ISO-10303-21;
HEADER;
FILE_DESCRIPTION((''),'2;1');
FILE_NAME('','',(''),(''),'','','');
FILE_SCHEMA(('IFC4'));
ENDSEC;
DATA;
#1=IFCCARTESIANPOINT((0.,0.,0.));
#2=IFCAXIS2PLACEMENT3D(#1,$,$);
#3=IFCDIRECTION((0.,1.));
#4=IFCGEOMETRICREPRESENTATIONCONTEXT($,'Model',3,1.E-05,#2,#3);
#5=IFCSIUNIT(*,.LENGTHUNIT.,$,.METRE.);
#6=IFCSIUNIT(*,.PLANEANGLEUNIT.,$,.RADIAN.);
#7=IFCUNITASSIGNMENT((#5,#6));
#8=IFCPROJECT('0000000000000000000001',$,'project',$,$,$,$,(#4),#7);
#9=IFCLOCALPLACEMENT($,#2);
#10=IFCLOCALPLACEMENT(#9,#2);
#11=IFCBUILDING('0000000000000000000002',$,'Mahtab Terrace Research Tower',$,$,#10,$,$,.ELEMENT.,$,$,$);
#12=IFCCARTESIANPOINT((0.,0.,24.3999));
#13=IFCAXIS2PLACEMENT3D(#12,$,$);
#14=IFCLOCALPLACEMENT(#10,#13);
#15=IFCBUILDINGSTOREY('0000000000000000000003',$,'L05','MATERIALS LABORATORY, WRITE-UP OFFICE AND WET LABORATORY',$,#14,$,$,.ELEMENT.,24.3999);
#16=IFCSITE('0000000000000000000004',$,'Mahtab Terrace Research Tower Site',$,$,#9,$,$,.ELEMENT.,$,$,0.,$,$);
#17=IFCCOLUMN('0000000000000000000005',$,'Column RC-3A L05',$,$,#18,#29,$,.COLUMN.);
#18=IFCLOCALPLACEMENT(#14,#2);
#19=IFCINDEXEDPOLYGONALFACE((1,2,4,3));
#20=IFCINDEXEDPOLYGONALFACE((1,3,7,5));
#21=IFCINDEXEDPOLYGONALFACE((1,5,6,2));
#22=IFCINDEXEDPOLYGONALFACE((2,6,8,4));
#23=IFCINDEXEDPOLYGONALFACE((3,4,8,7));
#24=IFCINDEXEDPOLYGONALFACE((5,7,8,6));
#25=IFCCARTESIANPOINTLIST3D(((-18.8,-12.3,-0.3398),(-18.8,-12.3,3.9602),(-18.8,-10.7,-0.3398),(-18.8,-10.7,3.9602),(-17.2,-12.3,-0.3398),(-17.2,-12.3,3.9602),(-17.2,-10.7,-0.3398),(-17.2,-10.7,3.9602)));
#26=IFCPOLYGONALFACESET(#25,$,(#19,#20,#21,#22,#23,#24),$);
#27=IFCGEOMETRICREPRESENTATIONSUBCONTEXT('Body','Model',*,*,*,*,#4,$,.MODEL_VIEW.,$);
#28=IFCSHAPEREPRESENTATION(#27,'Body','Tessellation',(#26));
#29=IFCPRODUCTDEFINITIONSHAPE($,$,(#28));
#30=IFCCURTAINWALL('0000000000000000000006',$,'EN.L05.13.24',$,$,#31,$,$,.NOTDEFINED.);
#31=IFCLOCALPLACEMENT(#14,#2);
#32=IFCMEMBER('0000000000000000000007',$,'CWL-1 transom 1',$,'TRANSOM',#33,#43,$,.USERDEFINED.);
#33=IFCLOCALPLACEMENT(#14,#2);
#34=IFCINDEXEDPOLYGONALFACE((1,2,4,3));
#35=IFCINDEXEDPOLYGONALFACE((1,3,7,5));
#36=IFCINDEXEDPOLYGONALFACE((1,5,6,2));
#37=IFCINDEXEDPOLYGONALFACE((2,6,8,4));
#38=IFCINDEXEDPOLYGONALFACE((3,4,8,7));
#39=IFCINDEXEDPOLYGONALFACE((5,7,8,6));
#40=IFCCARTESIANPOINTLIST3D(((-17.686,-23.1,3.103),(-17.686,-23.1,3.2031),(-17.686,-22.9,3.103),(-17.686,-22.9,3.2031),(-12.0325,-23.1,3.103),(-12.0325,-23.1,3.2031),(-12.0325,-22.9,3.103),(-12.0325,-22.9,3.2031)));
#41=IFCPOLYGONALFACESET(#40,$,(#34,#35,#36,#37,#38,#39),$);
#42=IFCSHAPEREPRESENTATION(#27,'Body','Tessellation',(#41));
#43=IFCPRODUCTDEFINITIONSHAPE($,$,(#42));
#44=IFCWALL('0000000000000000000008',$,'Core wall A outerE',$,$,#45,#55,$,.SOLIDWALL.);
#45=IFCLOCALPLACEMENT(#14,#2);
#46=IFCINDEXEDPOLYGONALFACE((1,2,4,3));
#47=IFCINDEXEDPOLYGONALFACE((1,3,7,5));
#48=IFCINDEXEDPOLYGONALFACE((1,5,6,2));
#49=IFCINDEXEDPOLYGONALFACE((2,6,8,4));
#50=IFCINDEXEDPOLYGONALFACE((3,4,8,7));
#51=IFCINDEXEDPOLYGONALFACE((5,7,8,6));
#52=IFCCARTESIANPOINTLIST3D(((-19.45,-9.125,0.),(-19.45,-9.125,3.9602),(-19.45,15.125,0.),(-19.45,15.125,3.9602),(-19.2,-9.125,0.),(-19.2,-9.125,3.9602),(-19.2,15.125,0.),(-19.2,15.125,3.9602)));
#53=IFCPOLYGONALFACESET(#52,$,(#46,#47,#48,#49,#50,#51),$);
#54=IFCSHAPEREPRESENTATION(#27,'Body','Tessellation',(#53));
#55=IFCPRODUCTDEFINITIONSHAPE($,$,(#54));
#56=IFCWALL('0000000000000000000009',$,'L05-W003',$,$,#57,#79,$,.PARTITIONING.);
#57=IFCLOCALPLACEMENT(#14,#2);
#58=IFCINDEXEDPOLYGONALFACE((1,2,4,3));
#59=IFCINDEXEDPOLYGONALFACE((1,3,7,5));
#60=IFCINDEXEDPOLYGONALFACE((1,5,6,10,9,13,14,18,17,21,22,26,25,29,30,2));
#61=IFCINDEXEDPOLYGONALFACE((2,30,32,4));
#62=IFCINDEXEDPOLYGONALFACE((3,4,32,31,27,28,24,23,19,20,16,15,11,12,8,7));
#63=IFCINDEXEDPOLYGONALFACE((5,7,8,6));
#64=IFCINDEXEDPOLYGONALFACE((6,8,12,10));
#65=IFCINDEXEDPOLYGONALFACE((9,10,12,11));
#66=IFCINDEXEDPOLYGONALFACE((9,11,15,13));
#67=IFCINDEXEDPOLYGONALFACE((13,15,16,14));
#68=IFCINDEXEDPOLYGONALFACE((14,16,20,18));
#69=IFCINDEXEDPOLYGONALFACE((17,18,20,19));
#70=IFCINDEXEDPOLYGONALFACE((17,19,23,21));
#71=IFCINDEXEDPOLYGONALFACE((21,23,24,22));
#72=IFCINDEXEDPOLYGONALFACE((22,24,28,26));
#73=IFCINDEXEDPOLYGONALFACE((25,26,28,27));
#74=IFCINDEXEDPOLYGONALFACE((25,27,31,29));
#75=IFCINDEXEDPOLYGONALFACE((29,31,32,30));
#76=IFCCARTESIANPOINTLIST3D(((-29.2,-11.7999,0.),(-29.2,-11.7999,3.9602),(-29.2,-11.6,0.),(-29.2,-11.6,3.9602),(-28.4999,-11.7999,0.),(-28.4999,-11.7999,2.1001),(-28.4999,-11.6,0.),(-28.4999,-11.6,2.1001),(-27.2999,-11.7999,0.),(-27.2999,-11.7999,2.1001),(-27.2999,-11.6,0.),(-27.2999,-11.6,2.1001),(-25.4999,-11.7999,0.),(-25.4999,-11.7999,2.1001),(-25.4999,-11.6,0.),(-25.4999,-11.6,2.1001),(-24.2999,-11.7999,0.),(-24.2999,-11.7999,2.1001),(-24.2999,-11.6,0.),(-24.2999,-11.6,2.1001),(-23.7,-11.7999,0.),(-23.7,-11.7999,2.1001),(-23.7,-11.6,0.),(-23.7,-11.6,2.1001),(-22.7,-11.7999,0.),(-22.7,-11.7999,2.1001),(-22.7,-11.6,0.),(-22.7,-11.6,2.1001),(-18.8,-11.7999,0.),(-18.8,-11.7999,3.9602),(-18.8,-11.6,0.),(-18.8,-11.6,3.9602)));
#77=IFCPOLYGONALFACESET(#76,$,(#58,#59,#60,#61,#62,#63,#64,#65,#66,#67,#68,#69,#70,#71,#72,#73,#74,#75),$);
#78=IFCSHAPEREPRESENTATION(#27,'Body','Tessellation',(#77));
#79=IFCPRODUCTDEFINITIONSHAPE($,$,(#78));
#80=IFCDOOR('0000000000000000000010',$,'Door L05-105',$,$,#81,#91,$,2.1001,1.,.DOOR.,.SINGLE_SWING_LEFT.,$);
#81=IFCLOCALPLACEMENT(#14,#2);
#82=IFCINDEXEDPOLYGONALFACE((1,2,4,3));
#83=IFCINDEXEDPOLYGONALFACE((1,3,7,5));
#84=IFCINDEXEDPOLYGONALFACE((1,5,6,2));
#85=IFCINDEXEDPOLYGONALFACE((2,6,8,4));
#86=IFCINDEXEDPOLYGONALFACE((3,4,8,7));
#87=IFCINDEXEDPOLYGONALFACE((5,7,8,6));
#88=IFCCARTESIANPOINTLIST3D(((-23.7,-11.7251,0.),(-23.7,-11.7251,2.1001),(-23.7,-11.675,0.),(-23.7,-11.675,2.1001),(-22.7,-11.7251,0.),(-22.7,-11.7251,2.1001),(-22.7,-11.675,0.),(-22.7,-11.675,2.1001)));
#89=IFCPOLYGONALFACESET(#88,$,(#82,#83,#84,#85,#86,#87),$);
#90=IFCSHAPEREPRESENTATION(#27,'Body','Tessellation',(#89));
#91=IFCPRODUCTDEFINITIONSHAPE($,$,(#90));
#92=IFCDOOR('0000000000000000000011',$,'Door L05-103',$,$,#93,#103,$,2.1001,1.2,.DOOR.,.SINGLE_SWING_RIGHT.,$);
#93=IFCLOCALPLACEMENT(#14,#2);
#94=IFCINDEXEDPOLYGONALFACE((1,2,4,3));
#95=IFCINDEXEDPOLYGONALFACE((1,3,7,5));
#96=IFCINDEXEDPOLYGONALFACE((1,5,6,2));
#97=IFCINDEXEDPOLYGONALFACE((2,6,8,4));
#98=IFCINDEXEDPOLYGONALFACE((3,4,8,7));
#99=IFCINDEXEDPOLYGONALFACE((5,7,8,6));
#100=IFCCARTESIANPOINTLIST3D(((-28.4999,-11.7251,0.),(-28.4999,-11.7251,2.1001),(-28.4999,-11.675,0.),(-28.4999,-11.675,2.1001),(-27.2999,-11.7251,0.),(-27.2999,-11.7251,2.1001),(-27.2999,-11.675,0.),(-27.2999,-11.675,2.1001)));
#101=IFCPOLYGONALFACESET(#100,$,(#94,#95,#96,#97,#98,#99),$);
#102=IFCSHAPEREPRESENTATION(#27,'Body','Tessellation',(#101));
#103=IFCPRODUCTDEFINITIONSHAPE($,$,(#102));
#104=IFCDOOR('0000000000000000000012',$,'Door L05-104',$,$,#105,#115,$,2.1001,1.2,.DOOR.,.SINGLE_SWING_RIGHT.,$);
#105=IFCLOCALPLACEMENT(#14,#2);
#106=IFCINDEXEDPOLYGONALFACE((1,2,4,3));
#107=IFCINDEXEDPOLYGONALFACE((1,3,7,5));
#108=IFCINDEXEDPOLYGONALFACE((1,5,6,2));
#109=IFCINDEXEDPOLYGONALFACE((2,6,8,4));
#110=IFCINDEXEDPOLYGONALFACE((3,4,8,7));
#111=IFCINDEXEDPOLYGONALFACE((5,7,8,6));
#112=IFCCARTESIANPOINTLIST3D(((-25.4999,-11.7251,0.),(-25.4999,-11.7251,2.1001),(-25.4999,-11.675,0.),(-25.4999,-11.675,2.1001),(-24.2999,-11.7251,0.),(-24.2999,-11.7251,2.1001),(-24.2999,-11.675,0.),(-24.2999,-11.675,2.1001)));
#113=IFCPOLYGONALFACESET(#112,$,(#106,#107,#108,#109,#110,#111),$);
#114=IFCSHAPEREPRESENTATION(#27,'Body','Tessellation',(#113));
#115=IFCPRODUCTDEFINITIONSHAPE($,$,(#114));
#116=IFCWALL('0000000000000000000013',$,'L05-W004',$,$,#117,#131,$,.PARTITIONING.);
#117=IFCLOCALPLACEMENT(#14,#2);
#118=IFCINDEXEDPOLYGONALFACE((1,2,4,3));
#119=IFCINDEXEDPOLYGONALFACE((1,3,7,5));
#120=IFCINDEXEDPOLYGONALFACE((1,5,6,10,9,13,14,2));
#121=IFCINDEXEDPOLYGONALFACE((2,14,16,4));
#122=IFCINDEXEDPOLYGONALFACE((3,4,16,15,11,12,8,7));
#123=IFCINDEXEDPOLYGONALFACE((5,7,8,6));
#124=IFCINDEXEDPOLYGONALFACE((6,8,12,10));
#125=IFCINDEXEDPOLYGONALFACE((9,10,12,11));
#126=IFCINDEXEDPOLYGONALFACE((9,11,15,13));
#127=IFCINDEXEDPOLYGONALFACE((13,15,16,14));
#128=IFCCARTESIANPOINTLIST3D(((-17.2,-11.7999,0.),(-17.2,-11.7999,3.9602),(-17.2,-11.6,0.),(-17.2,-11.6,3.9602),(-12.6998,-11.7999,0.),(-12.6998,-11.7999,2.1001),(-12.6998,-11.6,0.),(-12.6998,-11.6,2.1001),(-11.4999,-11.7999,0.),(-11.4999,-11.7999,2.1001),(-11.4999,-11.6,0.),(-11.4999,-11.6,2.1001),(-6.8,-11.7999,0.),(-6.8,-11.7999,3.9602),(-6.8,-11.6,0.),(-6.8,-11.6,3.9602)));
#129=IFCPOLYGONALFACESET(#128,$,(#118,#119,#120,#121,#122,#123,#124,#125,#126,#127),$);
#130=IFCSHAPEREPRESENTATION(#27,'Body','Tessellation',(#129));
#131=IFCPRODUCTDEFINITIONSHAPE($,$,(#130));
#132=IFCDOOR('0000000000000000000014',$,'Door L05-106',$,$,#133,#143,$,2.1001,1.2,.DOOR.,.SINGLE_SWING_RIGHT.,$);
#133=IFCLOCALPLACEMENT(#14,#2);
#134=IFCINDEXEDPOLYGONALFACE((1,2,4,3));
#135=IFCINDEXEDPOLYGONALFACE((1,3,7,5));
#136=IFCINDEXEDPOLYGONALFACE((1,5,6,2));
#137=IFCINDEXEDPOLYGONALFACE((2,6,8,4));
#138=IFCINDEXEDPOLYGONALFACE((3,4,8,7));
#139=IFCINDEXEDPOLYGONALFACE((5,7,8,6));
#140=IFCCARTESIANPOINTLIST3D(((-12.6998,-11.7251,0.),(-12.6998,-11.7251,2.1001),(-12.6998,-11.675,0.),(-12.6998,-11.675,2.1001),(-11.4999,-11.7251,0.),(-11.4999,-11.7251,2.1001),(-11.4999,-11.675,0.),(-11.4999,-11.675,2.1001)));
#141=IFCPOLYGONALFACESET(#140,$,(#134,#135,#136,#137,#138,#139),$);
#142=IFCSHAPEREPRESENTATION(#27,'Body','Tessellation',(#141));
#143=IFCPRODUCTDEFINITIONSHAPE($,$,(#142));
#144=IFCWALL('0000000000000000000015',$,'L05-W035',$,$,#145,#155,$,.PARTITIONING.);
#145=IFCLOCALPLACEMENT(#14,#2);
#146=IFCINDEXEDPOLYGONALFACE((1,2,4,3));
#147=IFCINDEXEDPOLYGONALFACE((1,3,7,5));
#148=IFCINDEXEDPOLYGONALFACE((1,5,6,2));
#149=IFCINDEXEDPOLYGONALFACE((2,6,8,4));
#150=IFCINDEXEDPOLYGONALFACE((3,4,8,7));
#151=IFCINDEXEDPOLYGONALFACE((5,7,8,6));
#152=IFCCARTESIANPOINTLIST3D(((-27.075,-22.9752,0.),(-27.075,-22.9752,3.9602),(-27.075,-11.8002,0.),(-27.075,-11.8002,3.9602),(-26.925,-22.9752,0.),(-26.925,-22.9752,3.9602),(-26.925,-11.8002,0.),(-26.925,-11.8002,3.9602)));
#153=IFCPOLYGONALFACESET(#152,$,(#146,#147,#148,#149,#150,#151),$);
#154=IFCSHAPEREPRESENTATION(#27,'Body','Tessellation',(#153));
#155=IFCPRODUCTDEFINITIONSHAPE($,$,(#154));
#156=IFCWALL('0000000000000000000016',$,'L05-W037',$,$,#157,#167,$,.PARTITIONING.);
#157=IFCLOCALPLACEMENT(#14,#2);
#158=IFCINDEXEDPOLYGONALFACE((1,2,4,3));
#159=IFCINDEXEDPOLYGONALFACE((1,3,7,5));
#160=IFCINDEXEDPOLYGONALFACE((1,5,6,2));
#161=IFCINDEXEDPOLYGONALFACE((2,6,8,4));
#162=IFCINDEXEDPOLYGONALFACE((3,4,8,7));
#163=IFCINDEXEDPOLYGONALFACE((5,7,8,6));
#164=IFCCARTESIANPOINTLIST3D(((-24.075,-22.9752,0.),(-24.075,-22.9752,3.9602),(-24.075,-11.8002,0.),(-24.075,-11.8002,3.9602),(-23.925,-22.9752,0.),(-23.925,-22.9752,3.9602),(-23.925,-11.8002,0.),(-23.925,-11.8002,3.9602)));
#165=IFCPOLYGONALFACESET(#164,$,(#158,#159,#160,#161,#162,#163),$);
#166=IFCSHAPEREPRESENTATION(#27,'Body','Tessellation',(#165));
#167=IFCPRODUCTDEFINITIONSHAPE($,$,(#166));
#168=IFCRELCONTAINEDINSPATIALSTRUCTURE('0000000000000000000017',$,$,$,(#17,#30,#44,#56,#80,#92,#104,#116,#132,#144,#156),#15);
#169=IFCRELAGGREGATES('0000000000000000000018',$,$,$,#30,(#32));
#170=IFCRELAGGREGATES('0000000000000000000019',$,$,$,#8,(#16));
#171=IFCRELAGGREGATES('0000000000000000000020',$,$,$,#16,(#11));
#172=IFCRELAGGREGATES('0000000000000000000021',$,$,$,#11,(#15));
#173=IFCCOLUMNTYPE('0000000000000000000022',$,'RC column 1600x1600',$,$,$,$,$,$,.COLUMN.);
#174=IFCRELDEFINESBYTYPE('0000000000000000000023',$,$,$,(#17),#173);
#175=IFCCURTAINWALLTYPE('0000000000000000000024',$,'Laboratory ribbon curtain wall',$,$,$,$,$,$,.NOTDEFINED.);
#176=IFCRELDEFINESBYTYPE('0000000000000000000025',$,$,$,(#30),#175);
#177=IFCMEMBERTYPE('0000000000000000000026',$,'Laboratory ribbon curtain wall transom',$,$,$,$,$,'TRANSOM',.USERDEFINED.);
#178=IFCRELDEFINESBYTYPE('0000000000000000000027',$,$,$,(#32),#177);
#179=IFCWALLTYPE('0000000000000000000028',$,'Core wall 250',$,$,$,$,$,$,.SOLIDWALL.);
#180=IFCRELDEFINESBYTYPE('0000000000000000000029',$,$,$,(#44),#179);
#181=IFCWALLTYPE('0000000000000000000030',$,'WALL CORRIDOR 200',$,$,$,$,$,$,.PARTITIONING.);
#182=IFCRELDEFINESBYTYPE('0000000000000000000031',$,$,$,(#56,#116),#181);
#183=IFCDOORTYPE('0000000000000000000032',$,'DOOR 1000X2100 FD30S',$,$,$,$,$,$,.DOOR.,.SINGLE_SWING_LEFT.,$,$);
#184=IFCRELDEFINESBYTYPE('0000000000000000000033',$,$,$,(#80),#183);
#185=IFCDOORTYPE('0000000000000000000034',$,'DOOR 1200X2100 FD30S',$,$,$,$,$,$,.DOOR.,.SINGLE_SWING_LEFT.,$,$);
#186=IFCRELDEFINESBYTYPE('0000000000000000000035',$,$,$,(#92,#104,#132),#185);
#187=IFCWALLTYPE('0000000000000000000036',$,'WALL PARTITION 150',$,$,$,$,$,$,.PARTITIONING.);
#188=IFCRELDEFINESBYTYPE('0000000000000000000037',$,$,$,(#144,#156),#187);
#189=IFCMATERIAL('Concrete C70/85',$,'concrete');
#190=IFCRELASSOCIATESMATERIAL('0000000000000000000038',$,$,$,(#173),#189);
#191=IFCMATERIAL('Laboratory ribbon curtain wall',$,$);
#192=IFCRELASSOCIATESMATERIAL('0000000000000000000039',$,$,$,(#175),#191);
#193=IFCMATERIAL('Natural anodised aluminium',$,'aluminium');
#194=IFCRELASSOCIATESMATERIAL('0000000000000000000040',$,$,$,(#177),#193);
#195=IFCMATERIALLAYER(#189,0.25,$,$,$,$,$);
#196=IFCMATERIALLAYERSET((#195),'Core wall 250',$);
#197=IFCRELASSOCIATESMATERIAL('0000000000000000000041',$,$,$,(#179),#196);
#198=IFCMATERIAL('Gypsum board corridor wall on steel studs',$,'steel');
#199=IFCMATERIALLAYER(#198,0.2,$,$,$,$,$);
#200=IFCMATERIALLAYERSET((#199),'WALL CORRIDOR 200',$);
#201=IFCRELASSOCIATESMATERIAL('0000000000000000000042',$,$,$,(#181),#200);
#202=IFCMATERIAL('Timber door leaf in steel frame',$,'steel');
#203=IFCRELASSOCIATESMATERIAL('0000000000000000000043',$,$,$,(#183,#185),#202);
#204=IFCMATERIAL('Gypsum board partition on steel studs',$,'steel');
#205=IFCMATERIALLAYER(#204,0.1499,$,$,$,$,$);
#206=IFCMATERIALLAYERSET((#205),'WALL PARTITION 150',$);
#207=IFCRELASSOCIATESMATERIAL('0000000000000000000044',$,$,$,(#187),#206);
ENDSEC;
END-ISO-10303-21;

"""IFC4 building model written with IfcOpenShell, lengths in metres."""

from ifc_helpers import new_model, si_unit, direction, frame, frame_2d, origin, origin_2d, place, context, subcontext, project, spatial, rectangle, extrude, material, layer, layer_set, material_profile, profile_set, type_object, element, fill, aggregate, save


model = new_model("IFC4")

# Units and contexts
model_context = context("Model", 3, precision=1e-05, world=origin(), true_north=direction((0.0, 1.0)))
body_context = subcontext(model_context, "Body", "Model", "MODEL_VIEW")
ifc_project = project(units=[si_unit("LENGTHUNIT", "METRE"), si_unit("PLANEANGLEUNIT", "RADIAN")], contexts=[model_context])

# Site, building, storey
site_placement = place(None, origin())
site = spatial("IfcSite", under=ifc_project, at=site_placement, Name="Mahtab Terrace Research Tower Site", CompositionType="ELEMENT", RefElevation=0.0)
building_placement = place(site_placement, origin())
building = spatial("IfcBuilding", under=site, at=building_placement, Name="Mahtab Terrace Research Tower", CompositionType="ELEMENT")
storey_placement = place(building_placement, frame((0.0, 0.0, 24.3999)))
storey = spatial("IfcBuildingStorey", under=building, at=storey_placement, Name="L05", Description="MATERIALS LABORATORY, WRITE-UP OFFICE AND WET LABORATORY", CompositionType="ELEMENT", Elevation=24.3999)

# Column
ifc_material_1 = material(Name="Concrete C70/85", Category="concrete")
ifc_material_profile_1 = material_profile(ifc_material_1, rectangle(XDim=1.6001, YDim=1.6001, at=origin_2d()), Name="RC column 1600x1600")
ifc_profile_set_1 = profile_set([ifc_material_profile_1], Name="Concrete C70/85")
column_type = type_object("IfcColumnType", Name="RC column 1600x1600", PredefinedType="COLUMN", material=ifc_profile_set_1)
column_placement = place(storey_placement, frame((-18.0, -11.5, -0.3398), z_axis=(0.0, 0.0, 1.0), x_axis=(1.0, 0.0, 0.0)))
element("IfcColumn", 1, at=column_placement, inside=storey, type_object=column_type, Name="Column RC-3A L05", PredefinedType="COLUMN", context=body_context, shape_type="SweptSolid", body=[
    extrude(rectangle(XDim=1.6001, YDim=1.6001, at=origin_2d()), origin(), (0.0, 0.0, 1.0), 4.3),
])

# Curtain wall, member
ifc_material_2 = material(Name="Laboratory ribbon curtain wall")
curtain_wall_type = type_object("IfcCurtainWallType", Name="Laboratory ribbon curtain wall", PredefinedType="NOTDEFINED", material=ifc_material_2)
curtain_wall_placement = place(storey_placement, origin())
curtain_wall = element("IfcCurtainWall", 2, at=curtain_wall_placement, inside=storey, type_object=curtain_wall_type, Name="EN.L05.13.24", PredefinedType="NOTDEFINED")
ifc_material_3 = material(Name="Natural anodised aluminium", Category="aluminium")
ifc_material_profile_2 = material_profile(ifc_material_3, rectangle(XDim=0.2, YDim=0.1001, at=origin_2d()), Name="TRANSOM 100x200")
ifc_profile_set_2 = profile_set([ifc_material_profile_2], Name="Natural anodised aluminium")
member_type = type_object("IfcMemberType", Name="Laboratory ribbon curtain wall transom", ElementType="TRANSOM", PredefinedType="USERDEFINED", material=ifc_profile_set_2)
member_placement = place(storey_placement, frame((-17.686, -23.0, 3.1531), z_axis=(1.0, 0.0, 0.0), x_axis=(0.0, 1.0, 0.0)))
member = element("IfcMember", 3, at=member_placement, type_object=member_type, Name="CWL-1 transom 1", ObjectType="TRANSOM", PredefinedType="USERDEFINED", context=body_context, shape_type="SweptSolid", body=[
    extrude(rectangle(XDim=0.2, YDim=0.1001, at=origin_2d()), origin(), (0.0, 0.0, 1.0), 5.6536),
])
aggregate(curtain_wall, [member])

# Wall
ifc_layer_1 = layer(ifc_material_1, 0.25)
ifc_layer_set_1 = layer_set([ifc_layer_1], Name="Core wall 250")
wall_type_1 = type_object("IfcWallType", Name="Core wall 250", PredefinedType="SOLIDWALL", material=ifc_layer_set_1)
wall_1_placement = place(storey_placement, frame((-19.325, -9.125, 0.0), z_axis=(0.0, 0.0, 1.0), x_axis=(0.0, 1.0, 0.0)))
element("IfcWall", 4, at=wall_1_placement, inside=storey, type_object=wall_type_1, Name="Core wall A outerE", PredefinedType="SOLIDWALL", context=body_context, shape_type="SweptSolid", body=[
    extrude(rectangle(XDim=24.25, YDim=0.25, at=frame_2d((12.125, 0.0))), origin(), (0.0, 0.0, 1.0), 3.9602),
])

# Wall, openings, doors
ifc_material_4 = material(Name="Gypsum board corridor wall on steel studs", Category="steel")
ifc_layer_2 = layer(ifc_material_4, 0.2)
ifc_layer_set_2 = layer_set([ifc_layer_2], Name="WALL CORRIDOR 200")
wall_type_2 = type_object("IfcWallType", Name="WALL CORRIDOR 200", PredefinedType="PARTITIONING", material=ifc_layer_set_2)
wall_2_placement = place(storey_placement, frame((-29.2, -11.7, 0.0), z_axis=(0.0, 0.0, 1.0), x_axis=(1.0, 0.0, 0.0)))
wall_2 = element("IfcWall", 5, at=wall_2_placement, inside=storey, type_object=wall_type_2, Name="L05-W003", PredefinedType="PARTITIONING", context=body_context, shape_type="SweptSolid", body=[
    extrude(rectangle(XDim=10.3999, YDim=0.2, at=frame_2d((5.2, 0.0))), origin(), (0.0, 0.0, 1.0), 3.9602),
])
opening_1_placement = place(wall_2_placement, frame((0.7, 0.0, 0.0)))
opening_1 = element("IfcOpeningElement", 6, at=opening_1_placement, cuts=wall_2, PredefinedType="OPENING", context=body_context, shape_type="SweptSolid", body=[
    extrude(rectangle(XDim=1.2, YDim=2.1001, at=frame_2d((0.6001, 1.05))), frame((0.0, 0.1099, 0.0), z_axis=(0.0, -1.0, 0.0), x_axis=(1.0, 0.0, 0.0)), (0.0, 0.0, 1.0), 0.22),
])
opening_2_placement = place(wall_2_placement, frame((3.7, 0.0, 0.0)))
opening_2 = element("IfcOpeningElement", 7, at=opening_2_placement, cuts=wall_2, PredefinedType="OPENING", context=body_context, shape_type="SweptSolid", body=[
    extrude(rectangle(XDim=1.2, YDim=2.1001, at=frame_2d((0.6001, 1.05))), frame((0.0, 0.1099, 0.0), z_axis=(0.0, -1.0, 0.0), x_axis=(1.0, 0.0, 0.0)), (0.0, 0.0, 1.0), 0.22),
])
opening_3_placement = place(wall_2_placement, frame((5.5, 0.0, 0.0)))
opening_3 = element("IfcOpeningElement", 8, at=opening_3_placement, cuts=wall_2, PredefinedType="OPENING", context=body_context, shape_type="SweptSolid", body=[
    extrude(rectangle(XDim=1.0, YDim=2.1001, at=frame_2d((0.5, 1.05))), frame((0.0, 0.1099, 0.0), z_axis=(0.0, -1.0, 0.0), x_axis=(1.0, 0.0, 0.0)), (0.0, 0.0, 1.0), 0.22),
])
ifc_material_5 = material(Name="Timber door leaf in steel frame", Category="steel")
door_type_1 = type_object("IfcDoorType", Name="DOOR 1000X2100 FD30S", OperationType="SINGLE_SWING_LEFT", PredefinedType="DOOR", material=ifc_material_5)
door_1_placement = place(opening_3_placement, origin())
door_1 = element("IfcDoor", 9, at=door_1_placement, inside=storey, type_object=door_type_1, Name="Door L05-105", OperationType="SINGLE_SWING_LEFT", OverallHeight=2.1001, OverallWidth=1.0, PredefinedType="DOOR", context=body_context, shape_type="SweptSolid", body=[
    extrude(rectangle(XDim=1.0, YDim=2.1001, at=frame_2d((0.5, 1.05))), frame((0.0, 0.0249, 0.0), z_axis=(0.0, -1.0, 0.0), x_axis=(1.0, 0.0, 0.0)), (0.0, 0.0, 1.0), 0.05),
])
fill(opening_3, door_1)
door_type_2 = type_object("IfcDoorType", Name="DOOR 1200X2100 FD30S", OperationType="SINGLE_SWING_LEFT", PredefinedType="DOOR", material=ifc_material_5)
door_2_placement = place(opening_1_placement, origin())
door_2 = element("IfcDoor", 10, at=door_2_placement, inside=storey, type_object=door_type_2, Name="Door L05-103", OperationType="SINGLE_SWING_RIGHT", OverallHeight=2.1001, OverallWidth=1.2, PredefinedType="DOOR", context=body_context, shape_type="SweptSolid", body=[
    extrude(rectangle(XDim=1.2, YDim=2.1001, at=frame_2d((0.6001, 1.05))), frame((0.0, 0.0249, 0.0), z_axis=(0.0, -1.0, 0.0), x_axis=(1.0, 0.0, 0.0)), (0.0, 0.0, 1.0), 0.05),
])
fill(opening_1, door_2)
door_3_placement = place(opening_2_placement, origin())
door_3 = element("IfcDoor", 11, at=door_3_placement, inside=storey, type_object=door_type_2, Name="Door L05-104", OperationType="SINGLE_SWING_RIGHT", OverallHeight=2.1001, OverallWidth=1.2, PredefinedType="DOOR", context=body_context, shape_type="SweptSolid", body=[
    extrude(rectangle(XDim=1.2, YDim=2.1001, at=frame_2d((0.6001, 1.05))), frame((0.0, 0.0249, 0.0), z_axis=(0.0, -1.0, 0.0), x_axis=(1.0, 0.0, 0.0)), (0.0, 0.0, 1.0), 0.05),
])
fill(opening_2, door_3)

# Wall, opening, door
wall_3_placement = place(storey_placement, frame((-17.2, -11.7, 0.0), z_axis=(0.0, 0.0, 1.0), x_axis=(1.0, 0.0, 0.0)))
wall_3 = element("IfcWall", 12, at=wall_3_placement, inside=storey, type_object=wall_type_2, Name="L05-W004", PredefinedType="PARTITIONING", context=body_context, shape_type="SweptSolid", body=[
    extrude(rectangle(XDim=10.3999, YDim=0.2, at=frame_2d((5.2, 0.0))), origin(), (0.0, 0.0, 1.0), 3.9602),
])
opening_4_placement = place(wall_3_placement, frame((4.5, 0.0, 0.0)))
opening_4 = element("IfcOpeningElement", 13, at=opening_4_placement, cuts=wall_3, PredefinedType="OPENING", context=body_context, shape_type="SweptSolid", body=[
    extrude(rectangle(XDim=1.2, YDim=2.1001, at=frame_2d((0.6001, 1.05))), frame((0.0, 0.1099, 0.0), z_axis=(0.0, -1.0, 0.0), x_axis=(1.0, 0.0, 0.0)), (0.0, 0.0, 1.0), 0.22),
])
door_4_placement = place(opening_4_placement, origin())
door_4 = element("IfcDoor", 14, at=door_4_placement, inside=storey, type_object=door_type_2, Name="Door L05-106", OperationType="SINGLE_SWING_RIGHT", OverallHeight=2.1001, OverallWidth=1.2, PredefinedType="DOOR", context=body_context, shape_type="SweptSolid", body=[
    extrude(rectangle(XDim=1.2, YDim=2.1001, at=frame_2d((0.6001, 1.05))), frame((0.0, 0.0249, 0.0), z_axis=(0.0, -1.0, 0.0), x_axis=(1.0, 0.0, 0.0)), (0.0, 0.0, 1.0), 0.05),
])
fill(opening_4, door_4)

# Walls
ifc_material_6 = material(Name="Gypsum board partition on steel studs", Category="steel")
ifc_layer_3 = layer(ifc_material_6, 0.1499)
ifc_layer_set_3 = layer_set([ifc_layer_3], Name="WALL PARTITION 150")
wall_type_3 = type_object("IfcWallType", Name="WALL PARTITION 150", PredefinedType="PARTITIONING", material=ifc_layer_set_3)
for number, where, z_axis, x_axis, name in (
    (15, (-27.0, -22.9751, 0.0), (0.0, 0.0, 1.0), (0.0, 1.0, 0.0), "L05-W035"),
    (16, (-24.0, -22.9751, 0.0), (0.0, 0.0, 1.0), (0.0, 1.0, 0.0), "L05-W037"),
):
    element("IfcWall", number, at=place(storey_placement, frame(where, z_axis=z_axis, x_axis=x_axis)), inside=storey, type_object=wall_type_3, Name=name, PredefinedType="PARTITIONING", context=body_context, shape_type="SweptSolid", body=[
        extrude(rectangle(XDim=11.175, YDim=0.1499, at=frame_2d((5.5874, 0.0))), origin(), (0.0, 0.0, 1.0), 3.9602),
    ])

save(model, "model.ifc")
